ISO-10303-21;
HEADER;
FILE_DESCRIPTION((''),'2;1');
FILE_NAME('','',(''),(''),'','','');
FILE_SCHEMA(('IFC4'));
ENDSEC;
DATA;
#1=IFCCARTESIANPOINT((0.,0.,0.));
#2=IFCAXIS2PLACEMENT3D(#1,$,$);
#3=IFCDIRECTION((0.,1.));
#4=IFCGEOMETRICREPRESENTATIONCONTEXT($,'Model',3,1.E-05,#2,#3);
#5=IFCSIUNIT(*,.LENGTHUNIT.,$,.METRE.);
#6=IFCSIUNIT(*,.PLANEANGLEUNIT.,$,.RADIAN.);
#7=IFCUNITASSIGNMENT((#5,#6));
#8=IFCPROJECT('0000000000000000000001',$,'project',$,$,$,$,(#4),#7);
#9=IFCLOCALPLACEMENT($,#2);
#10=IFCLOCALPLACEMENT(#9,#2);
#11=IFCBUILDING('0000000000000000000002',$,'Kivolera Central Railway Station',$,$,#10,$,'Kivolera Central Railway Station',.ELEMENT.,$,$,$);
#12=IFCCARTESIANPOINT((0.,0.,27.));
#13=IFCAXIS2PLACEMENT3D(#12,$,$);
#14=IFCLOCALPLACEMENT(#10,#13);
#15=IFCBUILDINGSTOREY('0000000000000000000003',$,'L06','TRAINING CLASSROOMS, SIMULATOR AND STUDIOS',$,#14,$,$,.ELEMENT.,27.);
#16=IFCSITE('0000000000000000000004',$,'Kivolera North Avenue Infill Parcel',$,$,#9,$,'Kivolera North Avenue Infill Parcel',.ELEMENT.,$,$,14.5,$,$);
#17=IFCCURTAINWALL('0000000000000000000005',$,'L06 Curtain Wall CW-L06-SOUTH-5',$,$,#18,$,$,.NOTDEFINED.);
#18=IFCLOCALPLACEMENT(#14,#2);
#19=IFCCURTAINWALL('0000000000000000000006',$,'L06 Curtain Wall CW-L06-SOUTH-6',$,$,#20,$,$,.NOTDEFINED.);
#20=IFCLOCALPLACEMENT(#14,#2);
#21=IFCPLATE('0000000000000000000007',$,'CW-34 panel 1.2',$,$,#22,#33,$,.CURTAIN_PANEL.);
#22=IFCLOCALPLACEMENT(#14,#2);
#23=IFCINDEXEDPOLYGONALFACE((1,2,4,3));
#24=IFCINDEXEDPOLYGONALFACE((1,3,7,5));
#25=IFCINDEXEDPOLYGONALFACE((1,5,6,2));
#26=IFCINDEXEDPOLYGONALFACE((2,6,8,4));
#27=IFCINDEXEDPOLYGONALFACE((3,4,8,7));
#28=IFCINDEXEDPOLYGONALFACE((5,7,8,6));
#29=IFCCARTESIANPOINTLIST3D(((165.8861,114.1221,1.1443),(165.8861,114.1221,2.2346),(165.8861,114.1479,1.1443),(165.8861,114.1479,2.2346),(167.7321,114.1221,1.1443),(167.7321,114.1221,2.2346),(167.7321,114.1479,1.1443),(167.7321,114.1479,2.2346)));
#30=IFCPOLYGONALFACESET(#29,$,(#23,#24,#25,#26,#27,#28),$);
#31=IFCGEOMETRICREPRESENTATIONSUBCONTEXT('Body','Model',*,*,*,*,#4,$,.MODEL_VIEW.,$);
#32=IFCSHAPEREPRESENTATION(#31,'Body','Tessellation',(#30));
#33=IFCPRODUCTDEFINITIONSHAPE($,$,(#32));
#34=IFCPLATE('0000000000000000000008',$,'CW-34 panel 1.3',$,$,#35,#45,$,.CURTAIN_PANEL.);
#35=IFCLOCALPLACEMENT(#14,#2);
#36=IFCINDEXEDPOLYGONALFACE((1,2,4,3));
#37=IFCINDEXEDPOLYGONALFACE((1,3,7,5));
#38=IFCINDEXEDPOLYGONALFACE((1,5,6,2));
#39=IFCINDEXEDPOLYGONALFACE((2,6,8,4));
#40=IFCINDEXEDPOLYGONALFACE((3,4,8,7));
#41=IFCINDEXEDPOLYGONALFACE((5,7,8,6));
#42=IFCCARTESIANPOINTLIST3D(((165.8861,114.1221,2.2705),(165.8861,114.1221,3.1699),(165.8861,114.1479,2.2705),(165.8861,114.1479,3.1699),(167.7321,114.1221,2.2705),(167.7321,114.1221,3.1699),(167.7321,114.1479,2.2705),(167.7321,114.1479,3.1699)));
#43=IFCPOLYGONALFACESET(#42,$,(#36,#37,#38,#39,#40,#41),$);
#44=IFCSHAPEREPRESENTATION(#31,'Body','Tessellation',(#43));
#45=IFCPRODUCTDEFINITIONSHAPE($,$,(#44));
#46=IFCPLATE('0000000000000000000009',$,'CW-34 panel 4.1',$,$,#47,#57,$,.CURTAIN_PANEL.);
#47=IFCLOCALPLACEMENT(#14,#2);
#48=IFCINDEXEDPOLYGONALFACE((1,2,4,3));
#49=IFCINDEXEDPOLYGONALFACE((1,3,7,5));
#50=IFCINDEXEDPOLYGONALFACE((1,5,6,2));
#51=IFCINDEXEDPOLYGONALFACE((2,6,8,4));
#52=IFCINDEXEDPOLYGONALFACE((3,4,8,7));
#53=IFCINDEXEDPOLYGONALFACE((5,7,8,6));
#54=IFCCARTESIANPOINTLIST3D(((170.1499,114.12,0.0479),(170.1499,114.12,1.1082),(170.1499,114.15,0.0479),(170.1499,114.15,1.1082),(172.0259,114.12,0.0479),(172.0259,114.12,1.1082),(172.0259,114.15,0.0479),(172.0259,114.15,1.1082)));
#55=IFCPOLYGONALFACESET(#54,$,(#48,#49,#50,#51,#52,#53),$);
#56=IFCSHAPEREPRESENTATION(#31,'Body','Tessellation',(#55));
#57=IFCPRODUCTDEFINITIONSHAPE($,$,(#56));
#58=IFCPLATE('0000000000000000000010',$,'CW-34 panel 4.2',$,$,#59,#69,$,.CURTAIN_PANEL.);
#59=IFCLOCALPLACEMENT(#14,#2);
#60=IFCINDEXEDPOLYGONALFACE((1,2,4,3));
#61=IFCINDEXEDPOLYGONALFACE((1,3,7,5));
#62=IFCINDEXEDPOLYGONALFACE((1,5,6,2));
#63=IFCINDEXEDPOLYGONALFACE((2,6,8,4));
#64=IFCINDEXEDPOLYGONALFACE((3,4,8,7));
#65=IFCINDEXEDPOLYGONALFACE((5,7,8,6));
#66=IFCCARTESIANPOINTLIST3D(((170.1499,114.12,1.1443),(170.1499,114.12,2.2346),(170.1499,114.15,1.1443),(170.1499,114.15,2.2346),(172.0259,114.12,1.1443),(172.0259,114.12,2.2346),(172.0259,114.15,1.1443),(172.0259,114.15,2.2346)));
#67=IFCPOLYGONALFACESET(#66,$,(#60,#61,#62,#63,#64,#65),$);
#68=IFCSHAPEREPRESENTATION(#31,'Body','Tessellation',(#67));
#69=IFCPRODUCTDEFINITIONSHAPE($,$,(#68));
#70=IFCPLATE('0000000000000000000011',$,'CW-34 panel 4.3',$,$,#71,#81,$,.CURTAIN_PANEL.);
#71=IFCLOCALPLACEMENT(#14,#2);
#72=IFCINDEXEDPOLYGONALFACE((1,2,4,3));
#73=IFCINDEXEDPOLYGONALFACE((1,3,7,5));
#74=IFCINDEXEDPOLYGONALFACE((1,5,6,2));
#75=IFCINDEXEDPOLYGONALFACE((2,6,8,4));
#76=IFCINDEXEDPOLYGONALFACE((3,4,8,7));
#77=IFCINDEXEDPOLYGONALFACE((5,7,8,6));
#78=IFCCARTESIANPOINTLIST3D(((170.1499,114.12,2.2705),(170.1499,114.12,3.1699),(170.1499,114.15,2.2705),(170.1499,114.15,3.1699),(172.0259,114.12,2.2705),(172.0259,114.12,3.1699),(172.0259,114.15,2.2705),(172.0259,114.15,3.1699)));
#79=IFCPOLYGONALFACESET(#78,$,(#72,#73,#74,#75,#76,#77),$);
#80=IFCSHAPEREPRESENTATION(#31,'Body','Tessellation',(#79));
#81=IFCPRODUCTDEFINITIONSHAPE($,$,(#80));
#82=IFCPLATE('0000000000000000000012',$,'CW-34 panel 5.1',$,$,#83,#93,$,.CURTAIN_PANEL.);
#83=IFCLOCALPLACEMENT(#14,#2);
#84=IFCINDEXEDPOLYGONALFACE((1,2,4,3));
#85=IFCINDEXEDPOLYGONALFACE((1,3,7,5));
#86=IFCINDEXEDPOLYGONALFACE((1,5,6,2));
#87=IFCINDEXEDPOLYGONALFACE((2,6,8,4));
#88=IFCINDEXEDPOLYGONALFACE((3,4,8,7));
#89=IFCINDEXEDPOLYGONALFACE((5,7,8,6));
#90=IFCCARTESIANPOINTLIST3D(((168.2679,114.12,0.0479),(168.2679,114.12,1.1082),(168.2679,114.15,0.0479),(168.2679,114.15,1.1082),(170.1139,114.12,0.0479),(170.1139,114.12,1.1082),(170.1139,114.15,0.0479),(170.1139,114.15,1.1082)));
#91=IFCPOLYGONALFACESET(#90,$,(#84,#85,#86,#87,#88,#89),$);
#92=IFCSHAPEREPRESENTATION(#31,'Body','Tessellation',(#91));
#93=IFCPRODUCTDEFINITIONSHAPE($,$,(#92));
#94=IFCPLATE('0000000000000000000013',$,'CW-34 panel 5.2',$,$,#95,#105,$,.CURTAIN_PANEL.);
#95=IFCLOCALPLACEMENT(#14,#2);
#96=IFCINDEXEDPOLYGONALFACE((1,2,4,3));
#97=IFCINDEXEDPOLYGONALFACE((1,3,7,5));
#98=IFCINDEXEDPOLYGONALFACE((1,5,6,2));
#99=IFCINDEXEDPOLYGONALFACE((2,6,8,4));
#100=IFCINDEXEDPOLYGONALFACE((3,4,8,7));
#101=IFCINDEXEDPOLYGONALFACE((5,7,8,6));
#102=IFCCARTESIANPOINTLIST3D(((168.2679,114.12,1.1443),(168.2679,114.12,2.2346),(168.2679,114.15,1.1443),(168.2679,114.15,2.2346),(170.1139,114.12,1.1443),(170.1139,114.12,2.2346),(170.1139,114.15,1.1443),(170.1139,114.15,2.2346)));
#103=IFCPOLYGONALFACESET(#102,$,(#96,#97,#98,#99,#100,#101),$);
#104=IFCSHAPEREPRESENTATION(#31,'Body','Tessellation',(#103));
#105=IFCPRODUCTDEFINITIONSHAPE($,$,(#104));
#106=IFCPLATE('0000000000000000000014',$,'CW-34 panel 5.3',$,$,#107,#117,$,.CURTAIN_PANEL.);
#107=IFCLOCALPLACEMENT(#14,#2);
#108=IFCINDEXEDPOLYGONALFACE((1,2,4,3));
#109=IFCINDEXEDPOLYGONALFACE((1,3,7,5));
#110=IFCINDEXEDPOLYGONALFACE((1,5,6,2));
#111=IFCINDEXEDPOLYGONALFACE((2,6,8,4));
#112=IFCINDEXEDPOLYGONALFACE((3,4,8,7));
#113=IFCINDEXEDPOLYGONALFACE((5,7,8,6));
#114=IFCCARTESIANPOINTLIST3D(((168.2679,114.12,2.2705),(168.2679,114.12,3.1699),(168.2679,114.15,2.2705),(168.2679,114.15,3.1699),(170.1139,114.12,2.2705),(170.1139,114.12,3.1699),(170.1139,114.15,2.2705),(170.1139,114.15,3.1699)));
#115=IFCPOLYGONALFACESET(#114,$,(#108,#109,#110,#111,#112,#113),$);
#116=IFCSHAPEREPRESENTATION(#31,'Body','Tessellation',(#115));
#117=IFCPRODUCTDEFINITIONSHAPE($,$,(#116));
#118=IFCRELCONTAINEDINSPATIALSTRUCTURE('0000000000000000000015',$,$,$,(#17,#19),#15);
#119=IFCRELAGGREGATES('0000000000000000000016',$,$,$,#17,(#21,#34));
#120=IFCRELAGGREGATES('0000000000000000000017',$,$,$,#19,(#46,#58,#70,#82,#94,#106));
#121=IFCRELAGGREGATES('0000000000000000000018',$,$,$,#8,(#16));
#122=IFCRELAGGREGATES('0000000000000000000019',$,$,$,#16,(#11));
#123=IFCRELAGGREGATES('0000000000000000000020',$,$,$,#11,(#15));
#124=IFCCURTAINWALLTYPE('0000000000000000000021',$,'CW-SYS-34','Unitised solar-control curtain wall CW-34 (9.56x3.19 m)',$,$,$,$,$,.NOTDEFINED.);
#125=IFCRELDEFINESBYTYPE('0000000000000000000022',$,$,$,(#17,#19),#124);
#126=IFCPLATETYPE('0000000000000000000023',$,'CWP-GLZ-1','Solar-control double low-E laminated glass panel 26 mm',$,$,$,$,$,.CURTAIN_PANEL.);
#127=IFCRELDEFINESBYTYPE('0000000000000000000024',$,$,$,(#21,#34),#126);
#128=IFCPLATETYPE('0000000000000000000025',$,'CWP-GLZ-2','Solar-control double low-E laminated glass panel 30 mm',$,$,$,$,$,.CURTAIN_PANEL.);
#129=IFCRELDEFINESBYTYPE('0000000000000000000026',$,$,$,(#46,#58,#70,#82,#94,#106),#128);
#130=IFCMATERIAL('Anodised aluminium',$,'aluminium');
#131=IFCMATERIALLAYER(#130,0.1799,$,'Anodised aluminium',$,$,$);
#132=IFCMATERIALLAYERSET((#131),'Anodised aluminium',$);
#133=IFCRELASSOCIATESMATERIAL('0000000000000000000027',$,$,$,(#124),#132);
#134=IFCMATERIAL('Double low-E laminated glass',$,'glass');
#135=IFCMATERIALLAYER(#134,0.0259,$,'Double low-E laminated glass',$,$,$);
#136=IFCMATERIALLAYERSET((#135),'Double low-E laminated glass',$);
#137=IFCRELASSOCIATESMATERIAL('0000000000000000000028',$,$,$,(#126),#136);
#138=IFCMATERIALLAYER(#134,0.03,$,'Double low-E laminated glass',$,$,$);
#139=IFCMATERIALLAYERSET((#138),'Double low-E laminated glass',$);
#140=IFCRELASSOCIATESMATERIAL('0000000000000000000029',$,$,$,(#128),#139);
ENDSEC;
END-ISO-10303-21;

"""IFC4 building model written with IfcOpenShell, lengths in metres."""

from ifc_helpers import new_model, si_unit, direction, frame, origin, origin_2d, place, context, subcontext, project, spatial, rectangle, extrude, material, layer, layer_set, type_object, element, aggregate, save


model = new_model("IFC4")

# Units and contexts
model_context = context("Model", 3, precision=1e-05, world=origin(), true_north=direction((0.0, 1.0)))
body_context = subcontext(model_context, "Body", "Model", "MODEL_VIEW")
ifc_project = project(units=[si_unit("LENGTHUNIT", "METRE"), si_unit("PLANEANGLEUNIT", "RADIAN")], contexts=[model_context])

# Site, building, storey
site_placement = place(None, origin())
site = spatial("IfcSite", under=ifc_project, at=site_placement, Name="Kivolera North Avenue Infill Parcel", LongName="Kivolera North Avenue Infill Parcel", CompositionType="ELEMENT", RefElevation=14.5)
building_placement = place(site_placement, origin())
building = spatial("IfcBuilding", under=site, at=building_placement, Name="Kivolera Central Railway Station", LongName="Kivolera Central Railway Station", CompositionType="ELEMENT")
storey_placement = place(building_placement, frame((0.0, 0.0, 27.0)))
storey = spatial("IfcBuildingStorey", under=building, at=storey_placement, Name="L06", Description="TRAINING CLASSROOMS, SIMULATOR AND STUDIOS", CompositionType="ELEMENT", Elevation=27.0)

# Curtain wall
ifc_material_1 = material(Name="Anodised aluminium", Category="aluminium")
ifc_layer_1 = layer(ifc_material_1, 0.1799, Name="Anodised aluminium")
ifc_layer_set_1 = layer_set([ifc_layer_1], Name="Anodised aluminium")
curtain_wall_type = type_object("IfcCurtainWallType", Name="CW-SYS-34", Description="Unitised solar-control curtain wall CW-34 (9.56x3.19 m)", PredefinedType="NOTDEFINED", material=ifc_layer_set_1)
curtain_wall_1_placement = place(storey_placement, origin())
curtain_wall_1 = element("IfcCurtainWall", 1, at=curtain_wall_1_placement, inside=storey, type_object=curtain_wall_type, Name="L06 Curtain Wall CW-L06-SOUTH-5", PredefinedType="NOTDEFINED")

# Curtain wall
curtain_wall_2_placement = place(storey_placement, origin())
curtain_wall_2 = element("IfcCurtainWall", 2, at=curtain_wall_2_placement, inside=storey, type_object=curtain_wall_type, Name="L06 Curtain Wall CW-L06-SOUTH-6", PredefinedType="NOTDEFINED")

# Plates
ifc_material_2 = material(Name="Double low-E laminated glass", Category="glass")
ifc_layer_2 = layer(ifc_material_2, 0.0259, Name="Double low-E laminated glass")
ifc_layer_set_2 = layer_set([ifc_layer_2], Name="Double low-E laminated glass")
plate_type_1 = type_object("IfcPlateType", Name="CWP-GLZ-1", Description="Solar-control double low-E laminated glass panel 26 mm", PredefinedType="CURTAIN_PANEL", material=ifc_layer_set_2)
plate_1_placement = place(storey_placement, frame((166.8091, 114.135, 1.1443), z_axis=(0.0, 0.0, 1.0), x_axis=(-1.0, 0.0, 0.0)))
plate_1 = element("IfcPlate", 3, at=plate_1_placement, type_object=plate_type_1, Name="CW-34 panel 1.2", PredefinedType="CURTAIN_PANEL", context=body_context, shape_type="SweptSolid", body=[
    extrude(rectangle(XDim=1.8459, YDim=0.0259, at=origin_2d()), origin(), (0.0, 0.0, 1.0), 1.0903),
])
plate_2_placement = place(storey_placement, frame((166.8091, 114.135, 2.2705), z_axis=(0.0, 0.0, 1.0), x_axis=(-1.0, 0.0, 0.0)))
plate_2 = element("IfcPlate", 4, at=plate_2_placement, type_object=plate_type_1, Name="CW-34 panel 1.3", PredefinedType="CURTAIN_PANEL", context=body_context, shape_type="SweptSolid", body=[
    extrude(rectangle(XDim=1.8459, YDim=0.0259, at=origin_2d()), origin(), (0.0, 0.0, 1.0), 0.8994),
])
aggregate(curtain_wall_1, [plate_1, plate_2])
ifc_layer_3 = layer(ifc_material_2, 0.03, Name="Double low-E laminated glass")
ifc_layer_set_3 = layer_set([ifc_layer_3], Name="Double low-E laminated glass")
plate_type_2 = type_object("IfcPlateType", Name="CWP-GLZ-2", Description="Solar-control double low-E laminated glass panel 30 mm", PredefinedType="CURTAIN_PANEL", material=ifc_layer_set_3)
plate_3_placement = place(storey_placement, frame((171.0879, 114.135, 0.0479), z_axis=(0.0, 0.0, 1.0), x_axis=(-1.0, 0.0, 0.0)))
plate_3 = element("IfcPlate", 5, at=plate_3_placement, type_object=plate_type_2, Name="CW-34 panel 4.1", PredefinedType="CURTAIN_PANEL", context=body_context, shape_type="SweptSolid", body=[
    extrude(rectangle(XDim=1.876, YDim=0.03, at=origin_2d()), origin(), (0.0, 0.0, 1.0), 1.0603),
])
plate_4_placement = place(storey_placement, frame((171.0879, 114.135, 1.1443), z_axis=(0.0, 0.0, 1.0), x_axis=(-1.0, 0.0, 0.0)))
plate_4 = element("IfcPlate", 6, at=plate_4_placement, type_object=plate_type_2, Name="CW-34 panel 4.2", PredefinedType="CURTAIN_PANEL", context=body_context, shape_type="SweptSolid", body=[
    extrude(rectangle(XDim=1.876, YDim=0.03, at=origin_2d()), origin(), (0.0, 0.0, 1.0), 1.0903),
])
plate_5_placement = place(storey_placement, frame((171.0879, 114.135, 2.2705), z_axis=(0.0, 0.0, 1.0), x_axis=(-1.0, 0.0, 0.0)))
plate_5 = element("IfcPlate", 7, at=plate_5_placement, type_object=plate_type_2, Name="CW-34 panel 4.3", PredefinedType="CURTAIN_PANEL", context=body_context, shape_type="SweptSolid", body=[
    extrude(rectangle(XDim=1.876, YDim=0.03, at=origin_2d()), origin(), (0.0, 0.0, 1.0), 0.8994),
])
plate_6_placement = place(storey_placement, frame((169.1909, 114.135, 0.0479), z_axis=(0.0, 0.0, 1.0), x_axis=(-1.0, 0.0, 0.0)))
plate_6 = element("IfcPlate", 8, at=plate_6_placement, type_object=plate_type_2, Name="CW-34 panel 5.1", PredefinedType="CURTAIN_PANEL", context=body_context, shape_type="SweptSolid", body=[
    extrude(rectangle(XDim=1.8459, YDim=0.03, at=origin_2d()), origin(), (0.0, 0.0, 1.0), 1.0603),
])
plate_7_placement = place(storey_placement, frame((169.1909, 114.135, 1.1443), z_axis=(0.0, 0.0, 1.0), x_axis=(-1.0, 0.0, 0.0)))
plate_7 = element("IfcPlate", 9, at=plate_7_placement, type_object=plate_type_2, Name="CW-34 panel 5.2", PredefinedType="CURTAIN_PANEL", context=body_context, shape_type="SweptSolid", body=[
    extrude(rectangle(XDim=1.8459, YDim=0.03, at=origin_2d()), origin(), (0.0, 0.0, 1.0), 1.0903),
])
plate_8_placement = place(storey_placement, frame((169.1909, 114.135, 2.2705), z_axis=(0.0, 0.0, 1.0), x_axis=(-1.0, 0.0, 0.0)))
plate_8 = element("IfcPlate", 10, at=plate_8_placement, type_object=plate_type_2, Name="CW-34 panel 5.3", PredefinedType="CURTAIN_PANEL", context=body_context, shape_type="SweptSolid", body=[
    extrude(rectangle(XDim=1.8459, YDim=0.03, at=origin_2d()), origin(), (0.0, 0.0, 1.0), 0.8994),
])
aggregate(curtain_wall_2, [plate_3, plate_4, plate_5, plate_6, plate_7, plate_8])

save(model, "model.ifc")
